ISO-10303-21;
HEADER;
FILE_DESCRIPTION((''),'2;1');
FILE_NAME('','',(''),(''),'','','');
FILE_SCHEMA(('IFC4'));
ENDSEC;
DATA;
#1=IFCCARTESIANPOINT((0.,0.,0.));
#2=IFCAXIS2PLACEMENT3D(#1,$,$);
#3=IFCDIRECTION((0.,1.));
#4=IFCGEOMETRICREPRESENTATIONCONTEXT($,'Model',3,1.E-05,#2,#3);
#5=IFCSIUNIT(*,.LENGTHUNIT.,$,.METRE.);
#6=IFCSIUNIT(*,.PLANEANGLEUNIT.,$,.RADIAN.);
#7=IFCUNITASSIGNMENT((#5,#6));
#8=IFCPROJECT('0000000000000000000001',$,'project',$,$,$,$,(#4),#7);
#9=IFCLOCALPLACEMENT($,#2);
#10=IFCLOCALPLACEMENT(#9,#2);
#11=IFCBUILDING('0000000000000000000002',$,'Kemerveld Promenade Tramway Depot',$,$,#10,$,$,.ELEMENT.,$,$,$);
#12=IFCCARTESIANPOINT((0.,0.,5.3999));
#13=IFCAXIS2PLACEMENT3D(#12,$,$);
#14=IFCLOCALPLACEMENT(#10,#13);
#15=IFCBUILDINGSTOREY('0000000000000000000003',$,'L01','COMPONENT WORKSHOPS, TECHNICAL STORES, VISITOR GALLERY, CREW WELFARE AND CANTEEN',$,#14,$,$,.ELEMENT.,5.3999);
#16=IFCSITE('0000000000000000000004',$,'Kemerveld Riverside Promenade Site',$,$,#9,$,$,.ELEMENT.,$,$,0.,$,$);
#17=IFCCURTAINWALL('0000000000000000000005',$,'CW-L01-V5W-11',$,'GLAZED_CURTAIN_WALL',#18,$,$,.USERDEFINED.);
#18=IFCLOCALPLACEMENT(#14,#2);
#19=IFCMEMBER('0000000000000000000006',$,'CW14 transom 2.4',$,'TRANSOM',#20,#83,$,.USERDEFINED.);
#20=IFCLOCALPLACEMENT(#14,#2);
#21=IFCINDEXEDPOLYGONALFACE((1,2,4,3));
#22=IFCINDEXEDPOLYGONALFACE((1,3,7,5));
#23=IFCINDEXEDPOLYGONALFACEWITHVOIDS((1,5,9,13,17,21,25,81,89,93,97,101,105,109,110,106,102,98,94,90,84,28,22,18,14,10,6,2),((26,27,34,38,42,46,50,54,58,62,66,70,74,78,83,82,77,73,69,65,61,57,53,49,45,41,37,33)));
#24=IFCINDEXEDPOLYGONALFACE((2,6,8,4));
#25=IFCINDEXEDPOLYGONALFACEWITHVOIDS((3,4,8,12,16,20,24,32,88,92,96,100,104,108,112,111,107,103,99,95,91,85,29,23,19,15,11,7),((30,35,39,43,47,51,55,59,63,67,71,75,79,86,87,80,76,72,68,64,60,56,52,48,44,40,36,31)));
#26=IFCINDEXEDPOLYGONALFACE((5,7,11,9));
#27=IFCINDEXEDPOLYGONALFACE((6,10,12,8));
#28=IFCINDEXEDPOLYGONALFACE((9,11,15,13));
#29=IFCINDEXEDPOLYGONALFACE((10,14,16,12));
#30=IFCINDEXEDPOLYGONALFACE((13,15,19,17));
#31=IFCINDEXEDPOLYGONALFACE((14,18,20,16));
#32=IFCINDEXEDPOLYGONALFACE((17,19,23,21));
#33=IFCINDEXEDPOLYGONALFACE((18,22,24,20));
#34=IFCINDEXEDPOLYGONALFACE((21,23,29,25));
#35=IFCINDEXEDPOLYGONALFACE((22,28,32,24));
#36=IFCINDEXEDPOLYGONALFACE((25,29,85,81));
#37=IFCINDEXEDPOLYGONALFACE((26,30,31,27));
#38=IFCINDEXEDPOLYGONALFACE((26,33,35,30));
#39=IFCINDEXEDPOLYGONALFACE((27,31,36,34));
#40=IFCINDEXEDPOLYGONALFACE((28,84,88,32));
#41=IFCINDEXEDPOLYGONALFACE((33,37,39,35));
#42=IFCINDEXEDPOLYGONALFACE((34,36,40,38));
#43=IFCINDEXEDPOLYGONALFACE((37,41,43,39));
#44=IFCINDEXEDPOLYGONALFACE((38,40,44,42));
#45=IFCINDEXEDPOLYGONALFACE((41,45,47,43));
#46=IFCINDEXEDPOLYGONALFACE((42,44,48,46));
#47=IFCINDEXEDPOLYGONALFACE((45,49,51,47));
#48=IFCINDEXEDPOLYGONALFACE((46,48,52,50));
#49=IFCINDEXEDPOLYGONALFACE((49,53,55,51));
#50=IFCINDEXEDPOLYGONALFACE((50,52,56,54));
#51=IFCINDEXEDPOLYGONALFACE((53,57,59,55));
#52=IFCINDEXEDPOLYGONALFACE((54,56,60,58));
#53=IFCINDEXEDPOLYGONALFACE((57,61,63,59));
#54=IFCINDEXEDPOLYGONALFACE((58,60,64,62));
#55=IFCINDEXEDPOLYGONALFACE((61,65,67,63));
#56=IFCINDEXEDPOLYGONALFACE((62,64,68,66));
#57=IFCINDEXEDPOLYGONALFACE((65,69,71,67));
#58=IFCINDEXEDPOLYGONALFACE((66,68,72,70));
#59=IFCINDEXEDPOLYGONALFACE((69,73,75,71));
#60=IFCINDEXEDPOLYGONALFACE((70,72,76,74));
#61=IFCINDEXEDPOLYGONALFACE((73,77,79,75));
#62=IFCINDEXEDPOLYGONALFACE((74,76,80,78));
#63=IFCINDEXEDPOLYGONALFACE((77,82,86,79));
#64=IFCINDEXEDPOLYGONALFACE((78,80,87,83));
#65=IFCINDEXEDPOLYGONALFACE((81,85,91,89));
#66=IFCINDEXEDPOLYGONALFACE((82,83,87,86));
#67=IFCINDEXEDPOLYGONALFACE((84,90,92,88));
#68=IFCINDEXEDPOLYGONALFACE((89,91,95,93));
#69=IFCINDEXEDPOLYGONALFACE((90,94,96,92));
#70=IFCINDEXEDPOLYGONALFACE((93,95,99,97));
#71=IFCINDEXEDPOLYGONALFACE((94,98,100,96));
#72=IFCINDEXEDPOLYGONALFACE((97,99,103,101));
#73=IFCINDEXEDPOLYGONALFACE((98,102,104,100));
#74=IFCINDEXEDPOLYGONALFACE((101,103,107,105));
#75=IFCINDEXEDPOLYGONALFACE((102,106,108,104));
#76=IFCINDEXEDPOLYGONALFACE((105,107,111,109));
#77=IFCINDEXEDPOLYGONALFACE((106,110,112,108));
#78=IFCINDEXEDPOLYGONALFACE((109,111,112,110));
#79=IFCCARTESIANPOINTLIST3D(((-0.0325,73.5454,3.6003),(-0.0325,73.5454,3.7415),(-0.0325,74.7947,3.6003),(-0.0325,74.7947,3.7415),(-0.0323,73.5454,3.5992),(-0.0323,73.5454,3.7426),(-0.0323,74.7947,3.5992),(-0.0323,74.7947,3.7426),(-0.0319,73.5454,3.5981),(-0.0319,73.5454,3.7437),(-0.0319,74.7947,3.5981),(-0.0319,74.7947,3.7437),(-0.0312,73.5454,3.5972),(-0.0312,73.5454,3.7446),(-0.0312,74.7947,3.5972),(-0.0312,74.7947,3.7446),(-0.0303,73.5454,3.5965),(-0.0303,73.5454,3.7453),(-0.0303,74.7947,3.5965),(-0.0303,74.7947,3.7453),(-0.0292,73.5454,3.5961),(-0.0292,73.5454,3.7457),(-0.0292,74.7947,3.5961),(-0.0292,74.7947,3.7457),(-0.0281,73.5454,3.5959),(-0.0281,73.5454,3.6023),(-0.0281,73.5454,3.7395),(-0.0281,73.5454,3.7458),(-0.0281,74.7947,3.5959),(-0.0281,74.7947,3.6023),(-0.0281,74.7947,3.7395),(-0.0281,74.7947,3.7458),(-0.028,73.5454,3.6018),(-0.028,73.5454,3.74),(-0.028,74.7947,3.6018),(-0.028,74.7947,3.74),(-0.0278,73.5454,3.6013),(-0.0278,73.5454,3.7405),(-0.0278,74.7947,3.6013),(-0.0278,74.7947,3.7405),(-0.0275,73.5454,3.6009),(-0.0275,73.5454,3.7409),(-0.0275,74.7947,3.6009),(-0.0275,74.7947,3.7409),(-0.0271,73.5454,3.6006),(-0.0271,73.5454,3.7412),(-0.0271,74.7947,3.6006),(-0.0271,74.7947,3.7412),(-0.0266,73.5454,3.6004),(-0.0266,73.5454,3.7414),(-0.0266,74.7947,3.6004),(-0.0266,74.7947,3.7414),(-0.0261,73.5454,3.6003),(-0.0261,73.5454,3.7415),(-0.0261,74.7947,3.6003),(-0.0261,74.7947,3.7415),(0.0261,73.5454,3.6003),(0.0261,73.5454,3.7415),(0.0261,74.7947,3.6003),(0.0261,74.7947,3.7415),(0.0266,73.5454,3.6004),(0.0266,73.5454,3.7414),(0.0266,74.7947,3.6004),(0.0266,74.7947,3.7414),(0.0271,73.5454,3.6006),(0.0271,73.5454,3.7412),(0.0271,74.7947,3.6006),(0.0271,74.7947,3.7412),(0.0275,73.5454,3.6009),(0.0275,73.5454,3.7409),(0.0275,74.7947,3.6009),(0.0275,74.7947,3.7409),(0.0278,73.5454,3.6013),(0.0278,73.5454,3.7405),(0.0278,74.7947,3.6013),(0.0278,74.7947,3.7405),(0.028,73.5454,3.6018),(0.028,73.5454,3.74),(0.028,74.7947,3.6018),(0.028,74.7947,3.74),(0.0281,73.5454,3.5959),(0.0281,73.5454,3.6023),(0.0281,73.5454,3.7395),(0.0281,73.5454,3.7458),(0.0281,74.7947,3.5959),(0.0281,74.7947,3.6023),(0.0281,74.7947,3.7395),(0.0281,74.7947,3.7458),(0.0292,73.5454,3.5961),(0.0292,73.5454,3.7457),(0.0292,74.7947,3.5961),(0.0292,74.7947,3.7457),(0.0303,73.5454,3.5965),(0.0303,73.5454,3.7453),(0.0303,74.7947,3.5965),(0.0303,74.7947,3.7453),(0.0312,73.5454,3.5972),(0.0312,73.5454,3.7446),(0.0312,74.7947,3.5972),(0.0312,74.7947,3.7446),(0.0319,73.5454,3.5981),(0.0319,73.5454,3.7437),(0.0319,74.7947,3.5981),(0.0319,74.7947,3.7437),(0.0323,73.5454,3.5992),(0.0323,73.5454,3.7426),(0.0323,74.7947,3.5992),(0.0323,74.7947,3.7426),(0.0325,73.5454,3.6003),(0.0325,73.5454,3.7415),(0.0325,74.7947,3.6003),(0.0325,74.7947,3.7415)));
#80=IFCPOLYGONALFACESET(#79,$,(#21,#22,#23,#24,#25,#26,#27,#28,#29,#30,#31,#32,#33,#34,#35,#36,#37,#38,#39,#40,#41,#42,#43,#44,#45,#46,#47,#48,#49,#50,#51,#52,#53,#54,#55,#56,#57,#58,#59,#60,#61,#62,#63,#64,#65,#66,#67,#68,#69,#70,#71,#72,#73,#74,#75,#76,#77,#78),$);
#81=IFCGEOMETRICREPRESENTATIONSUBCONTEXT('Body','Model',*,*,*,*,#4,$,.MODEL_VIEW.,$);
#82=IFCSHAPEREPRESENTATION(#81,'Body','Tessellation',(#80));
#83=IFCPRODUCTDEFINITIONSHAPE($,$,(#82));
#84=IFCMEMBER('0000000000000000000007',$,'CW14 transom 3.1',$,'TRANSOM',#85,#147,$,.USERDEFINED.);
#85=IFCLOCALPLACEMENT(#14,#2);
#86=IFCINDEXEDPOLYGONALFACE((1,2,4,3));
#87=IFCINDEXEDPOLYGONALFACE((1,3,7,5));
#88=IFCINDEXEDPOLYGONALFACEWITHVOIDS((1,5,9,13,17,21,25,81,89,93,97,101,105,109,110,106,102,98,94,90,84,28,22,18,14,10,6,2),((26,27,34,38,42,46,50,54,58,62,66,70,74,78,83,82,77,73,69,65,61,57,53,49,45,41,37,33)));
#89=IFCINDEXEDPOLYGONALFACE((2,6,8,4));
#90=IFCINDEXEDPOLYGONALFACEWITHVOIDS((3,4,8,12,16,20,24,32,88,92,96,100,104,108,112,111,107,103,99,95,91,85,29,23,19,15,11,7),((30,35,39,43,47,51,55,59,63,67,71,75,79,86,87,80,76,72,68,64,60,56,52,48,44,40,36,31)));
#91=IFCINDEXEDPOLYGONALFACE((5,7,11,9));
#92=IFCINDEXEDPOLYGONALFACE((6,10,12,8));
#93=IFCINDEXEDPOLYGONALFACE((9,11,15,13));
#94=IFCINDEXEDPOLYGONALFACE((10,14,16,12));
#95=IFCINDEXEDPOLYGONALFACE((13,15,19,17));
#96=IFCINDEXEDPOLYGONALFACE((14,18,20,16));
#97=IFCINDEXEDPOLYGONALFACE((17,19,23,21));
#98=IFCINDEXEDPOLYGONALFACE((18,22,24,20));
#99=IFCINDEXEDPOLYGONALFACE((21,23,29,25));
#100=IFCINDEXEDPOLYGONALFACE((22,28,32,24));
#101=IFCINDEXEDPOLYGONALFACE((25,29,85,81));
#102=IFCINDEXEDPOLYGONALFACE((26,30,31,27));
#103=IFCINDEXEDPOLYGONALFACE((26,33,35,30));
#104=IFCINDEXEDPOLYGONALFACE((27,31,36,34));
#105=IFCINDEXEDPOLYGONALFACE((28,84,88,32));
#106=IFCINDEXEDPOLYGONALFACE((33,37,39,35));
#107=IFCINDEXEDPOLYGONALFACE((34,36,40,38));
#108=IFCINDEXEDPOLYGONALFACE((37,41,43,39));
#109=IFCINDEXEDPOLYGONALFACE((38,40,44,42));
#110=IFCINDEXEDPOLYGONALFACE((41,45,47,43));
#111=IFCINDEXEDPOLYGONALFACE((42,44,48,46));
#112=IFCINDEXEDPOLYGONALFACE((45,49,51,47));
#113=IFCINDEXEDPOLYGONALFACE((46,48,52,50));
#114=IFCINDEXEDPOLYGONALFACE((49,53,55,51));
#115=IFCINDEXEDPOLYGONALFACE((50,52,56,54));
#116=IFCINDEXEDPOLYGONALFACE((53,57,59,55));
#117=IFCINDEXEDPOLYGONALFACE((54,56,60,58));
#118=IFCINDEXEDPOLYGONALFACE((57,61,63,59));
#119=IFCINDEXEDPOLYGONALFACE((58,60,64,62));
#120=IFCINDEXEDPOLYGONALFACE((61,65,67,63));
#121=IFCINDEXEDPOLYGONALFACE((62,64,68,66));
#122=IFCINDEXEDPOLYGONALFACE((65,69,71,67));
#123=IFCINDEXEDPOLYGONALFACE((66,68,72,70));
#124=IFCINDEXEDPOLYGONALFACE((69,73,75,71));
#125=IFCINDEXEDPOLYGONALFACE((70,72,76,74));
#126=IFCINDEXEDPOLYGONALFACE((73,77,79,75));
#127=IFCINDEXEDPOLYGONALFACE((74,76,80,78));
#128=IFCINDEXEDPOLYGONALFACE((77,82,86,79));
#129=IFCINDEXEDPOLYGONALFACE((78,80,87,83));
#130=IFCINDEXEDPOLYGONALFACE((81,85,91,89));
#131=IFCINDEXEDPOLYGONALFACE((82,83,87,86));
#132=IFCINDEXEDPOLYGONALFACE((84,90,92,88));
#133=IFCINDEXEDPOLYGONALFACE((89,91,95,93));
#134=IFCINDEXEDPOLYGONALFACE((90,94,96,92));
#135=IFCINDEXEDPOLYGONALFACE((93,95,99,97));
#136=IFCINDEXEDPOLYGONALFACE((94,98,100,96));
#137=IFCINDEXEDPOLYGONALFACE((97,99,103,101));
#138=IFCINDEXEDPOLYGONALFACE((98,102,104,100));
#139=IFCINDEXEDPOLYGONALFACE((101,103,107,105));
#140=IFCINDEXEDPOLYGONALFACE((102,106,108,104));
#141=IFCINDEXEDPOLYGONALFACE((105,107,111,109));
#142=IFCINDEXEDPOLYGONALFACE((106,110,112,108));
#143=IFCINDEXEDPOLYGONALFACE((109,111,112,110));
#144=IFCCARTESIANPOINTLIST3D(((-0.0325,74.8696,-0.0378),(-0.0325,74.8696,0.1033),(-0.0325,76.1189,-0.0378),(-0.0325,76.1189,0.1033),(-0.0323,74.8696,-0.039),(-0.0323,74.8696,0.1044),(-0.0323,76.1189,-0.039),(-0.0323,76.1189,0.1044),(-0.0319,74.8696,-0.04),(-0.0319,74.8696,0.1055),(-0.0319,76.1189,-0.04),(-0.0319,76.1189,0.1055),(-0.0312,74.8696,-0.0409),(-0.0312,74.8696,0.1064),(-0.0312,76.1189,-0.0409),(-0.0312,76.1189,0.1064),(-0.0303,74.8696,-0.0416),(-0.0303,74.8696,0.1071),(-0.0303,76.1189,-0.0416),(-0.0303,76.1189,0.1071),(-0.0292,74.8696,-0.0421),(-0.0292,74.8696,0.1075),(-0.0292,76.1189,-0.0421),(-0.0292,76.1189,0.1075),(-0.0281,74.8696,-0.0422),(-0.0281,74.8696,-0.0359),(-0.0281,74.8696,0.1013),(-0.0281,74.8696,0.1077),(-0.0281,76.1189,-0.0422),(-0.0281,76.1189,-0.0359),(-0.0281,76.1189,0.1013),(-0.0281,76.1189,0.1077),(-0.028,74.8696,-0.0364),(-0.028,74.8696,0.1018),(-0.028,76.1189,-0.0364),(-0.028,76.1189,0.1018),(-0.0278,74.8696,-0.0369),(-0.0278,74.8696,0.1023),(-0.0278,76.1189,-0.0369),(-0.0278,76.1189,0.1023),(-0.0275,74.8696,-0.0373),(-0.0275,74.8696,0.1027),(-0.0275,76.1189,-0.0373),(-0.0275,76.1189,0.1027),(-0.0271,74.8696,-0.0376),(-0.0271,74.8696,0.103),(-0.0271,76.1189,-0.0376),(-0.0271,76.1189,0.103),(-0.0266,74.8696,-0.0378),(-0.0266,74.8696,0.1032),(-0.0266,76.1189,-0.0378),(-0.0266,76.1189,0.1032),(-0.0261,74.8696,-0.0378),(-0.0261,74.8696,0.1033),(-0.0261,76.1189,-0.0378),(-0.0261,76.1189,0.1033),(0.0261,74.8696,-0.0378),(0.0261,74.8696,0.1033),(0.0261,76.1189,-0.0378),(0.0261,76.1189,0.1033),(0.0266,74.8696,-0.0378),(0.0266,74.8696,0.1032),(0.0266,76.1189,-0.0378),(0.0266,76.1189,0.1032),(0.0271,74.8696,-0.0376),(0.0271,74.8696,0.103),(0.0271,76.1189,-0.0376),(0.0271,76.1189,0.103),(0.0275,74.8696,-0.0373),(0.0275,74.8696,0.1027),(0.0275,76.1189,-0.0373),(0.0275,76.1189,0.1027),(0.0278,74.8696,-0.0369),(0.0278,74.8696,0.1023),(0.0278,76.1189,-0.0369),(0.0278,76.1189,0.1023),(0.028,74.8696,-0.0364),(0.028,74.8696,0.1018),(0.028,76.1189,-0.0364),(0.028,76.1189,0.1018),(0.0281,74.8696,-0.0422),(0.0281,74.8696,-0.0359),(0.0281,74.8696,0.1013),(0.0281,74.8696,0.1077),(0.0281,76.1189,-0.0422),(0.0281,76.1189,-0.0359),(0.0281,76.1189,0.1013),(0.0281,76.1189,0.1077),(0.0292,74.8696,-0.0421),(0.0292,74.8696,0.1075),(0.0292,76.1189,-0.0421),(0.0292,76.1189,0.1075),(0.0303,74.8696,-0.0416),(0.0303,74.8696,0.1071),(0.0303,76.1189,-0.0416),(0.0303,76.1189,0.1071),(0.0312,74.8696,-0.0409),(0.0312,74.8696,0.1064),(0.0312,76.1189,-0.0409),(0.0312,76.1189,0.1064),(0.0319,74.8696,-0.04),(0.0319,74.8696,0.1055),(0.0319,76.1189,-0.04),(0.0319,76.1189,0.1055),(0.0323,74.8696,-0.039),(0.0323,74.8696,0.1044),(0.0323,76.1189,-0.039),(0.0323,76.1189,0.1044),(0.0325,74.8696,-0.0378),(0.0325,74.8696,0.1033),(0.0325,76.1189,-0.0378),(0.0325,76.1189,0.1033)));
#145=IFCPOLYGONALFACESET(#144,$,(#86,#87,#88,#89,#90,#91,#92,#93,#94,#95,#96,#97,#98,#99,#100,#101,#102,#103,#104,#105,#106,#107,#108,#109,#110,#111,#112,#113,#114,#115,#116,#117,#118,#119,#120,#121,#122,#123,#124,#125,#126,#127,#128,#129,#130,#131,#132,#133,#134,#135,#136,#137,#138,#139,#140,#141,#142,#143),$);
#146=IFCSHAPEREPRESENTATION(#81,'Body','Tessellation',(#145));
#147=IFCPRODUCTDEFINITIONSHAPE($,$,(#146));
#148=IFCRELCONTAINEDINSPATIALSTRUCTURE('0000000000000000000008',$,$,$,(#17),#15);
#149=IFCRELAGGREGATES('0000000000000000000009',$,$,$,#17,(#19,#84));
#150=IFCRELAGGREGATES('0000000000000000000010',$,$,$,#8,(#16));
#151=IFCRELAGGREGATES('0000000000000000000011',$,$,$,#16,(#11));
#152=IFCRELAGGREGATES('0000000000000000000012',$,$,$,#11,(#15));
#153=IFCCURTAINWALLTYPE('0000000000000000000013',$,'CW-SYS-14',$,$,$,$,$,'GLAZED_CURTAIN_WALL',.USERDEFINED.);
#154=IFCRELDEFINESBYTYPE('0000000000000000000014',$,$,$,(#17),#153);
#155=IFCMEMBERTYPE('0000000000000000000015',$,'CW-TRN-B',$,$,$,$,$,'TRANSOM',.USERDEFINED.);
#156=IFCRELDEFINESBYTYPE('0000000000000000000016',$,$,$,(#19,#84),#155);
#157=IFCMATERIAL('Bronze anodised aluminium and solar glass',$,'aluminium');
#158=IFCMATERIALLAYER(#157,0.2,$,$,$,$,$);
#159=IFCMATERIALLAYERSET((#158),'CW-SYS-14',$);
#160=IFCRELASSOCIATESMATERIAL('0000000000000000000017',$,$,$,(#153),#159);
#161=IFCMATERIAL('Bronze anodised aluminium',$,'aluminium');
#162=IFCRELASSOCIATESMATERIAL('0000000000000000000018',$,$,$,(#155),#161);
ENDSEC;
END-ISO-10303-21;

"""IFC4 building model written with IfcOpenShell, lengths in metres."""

from ifc_helpers import new_model, si_unit, direction, frame, origin, origin_2d, place, context, subcontext, project, spatial, hollow_rectangle, extrude, material, layer, layer_set, material_profile, profile_set, type_object, element, aggregate, save


model = new_model("IFC4")

# Units and contexts
model_context = context("Model", 3, precision=1e-05, world=origin(), true_north=direction((0.0, 1.0)))
body_context = subcontext(model_context, "Body", "Model", "MODEL_VIEW")
ifc_project = project(units=[si_unit("LENGTHUNIT", "METRE"), si_unit("PLANEANGLEUNIT", "RADIAN")], contexts=[model_context])

# Site, building, storey
site_placement = place(None, origin())
site = spatial("IfcSite", under=ifc_project, at=site_placement, Name="Kemerveld Riverside Promenade Site", CompositionType="ELEMENT", RefElevation=0.0)
building_placement = place(site_placement, origin())
building = spatial("IfcBuilding", under=site, at=building_placement, Name="Kemerveld Promenade Tramway Depot", CompositionType="ELEMENT")
storey_placement = place(building_placement, frame((0.0, 0.0, 5.3999)))
storey = spatial("IfcBuildingStorey", under=building, at=storey_placement, Name="L01", Description="COMPONENT WORKSHOPS, TECHNICAL STORES, VISITOR GALLERY, CREW WELFARE AND CANTEEN", CompositionType="ELEMENT", Elevation=5.3999)

# Curtain wall, members
ifc_material_1 = material(Name="Bronze anodised aluminium and solar glass", Category="aluminium")
ifc_layer_1 = layer(ifc_material_1, 0.2)
ifc_layer_set_1 = layer_set([ifc_layer_1], Name="CW-SYS-14")
curtain_wall_type = type_object("IfcCurtainWallType", Name="CW-SYS-14", ElementType="GLAZED_CURTAIN_WALL", PredefinedType="USERDEFINED", material=ifc_layer_set_1)
curtain_wall_placement = place(storey_placement, origin())
curtain_wall = element("IfcCurtainWall", 1, at=curtain_wall_placement, inside=storey, type_object=curtain_wall_type, Name="CW-L01-V5W-11", ObjectType="GLAZED_CURTAIN_WALL", PredefinedType="USERDEFINED")
ifc_material_2 = material(Name="Bronze anodised aluminium", Category="aluminium")
ifc_material_profile_1 = material_profile(ifc_material_2, hollow_rectangle(XDim=0.0649, YDim=0.1499, WallThickness=0.0044, InnerFilletRadius=0.002, OuterFilletRadius=0.0044, at=origin_2d()), Name="CW-TRN-150x65")
ifc_profile_set_1 = profile_set([ifc_material_profile_1], Name="Bronze anodised aluminium")
member_type_1 = type_object("IfcMemberType", Name="CW-TRN-B", ElementType="TRANSOM", PredefinedType="USERDEFINED", material=ifc_profile_set_1)
member_1_placement = place(storey_placement, frame((0.0, 73.5454, 3.6709), z_axis=(0.0, 1.0, 0.0), x_axis=(-1.0, 0.0, 0.0)))
member_1 = element("IfcMember", 2, at=member_1_placement, type_object=member_type_1, Name="CW14 transom 2.4", ObjectType="TRANSOM", PredefinedType="USERDEFINED", context=body_context, shape_type="SweptSolid", body=[
    extrude(hollow_rectangle(XDim=0.0649, YDim=0.1499, WallThickness=0.0044, InnerFilletRadius=0.002, OuterFilletRadius=0.0044, at=origin_2d()), origin(), (0.0, 0.0, 1.0), 1.2493),
])
member_2_placement = place(storey_placement, frame((0.0, 74.8696, 0.0327), z_axis=(0.0, 1.0, 0.0), x_axis=(-1.0, 0.0, 0.0)))
member_2 = element("IfcMember", 3, at=member_2_placement, type_object=member_type_1, Name="CW14 transom 3.1", ObjectType="TRANSOM", PredefinedType="USERDEFINED", context=body_context, shape_type="SweptSolid", body=[
    extrude(hollow_rectangle(XDim=0.0649, YDim=0.1499, WallThickness=0.0044, InnerFilletRadius=0.002, OuterFilletRadius=0.0044, at=origin_2d()), origin(), (0.0, 0.0, 1.0), 1.2493),
])
aggregate(curtain_wall, [member_1, member_2])

save(model, "model.ifc")
